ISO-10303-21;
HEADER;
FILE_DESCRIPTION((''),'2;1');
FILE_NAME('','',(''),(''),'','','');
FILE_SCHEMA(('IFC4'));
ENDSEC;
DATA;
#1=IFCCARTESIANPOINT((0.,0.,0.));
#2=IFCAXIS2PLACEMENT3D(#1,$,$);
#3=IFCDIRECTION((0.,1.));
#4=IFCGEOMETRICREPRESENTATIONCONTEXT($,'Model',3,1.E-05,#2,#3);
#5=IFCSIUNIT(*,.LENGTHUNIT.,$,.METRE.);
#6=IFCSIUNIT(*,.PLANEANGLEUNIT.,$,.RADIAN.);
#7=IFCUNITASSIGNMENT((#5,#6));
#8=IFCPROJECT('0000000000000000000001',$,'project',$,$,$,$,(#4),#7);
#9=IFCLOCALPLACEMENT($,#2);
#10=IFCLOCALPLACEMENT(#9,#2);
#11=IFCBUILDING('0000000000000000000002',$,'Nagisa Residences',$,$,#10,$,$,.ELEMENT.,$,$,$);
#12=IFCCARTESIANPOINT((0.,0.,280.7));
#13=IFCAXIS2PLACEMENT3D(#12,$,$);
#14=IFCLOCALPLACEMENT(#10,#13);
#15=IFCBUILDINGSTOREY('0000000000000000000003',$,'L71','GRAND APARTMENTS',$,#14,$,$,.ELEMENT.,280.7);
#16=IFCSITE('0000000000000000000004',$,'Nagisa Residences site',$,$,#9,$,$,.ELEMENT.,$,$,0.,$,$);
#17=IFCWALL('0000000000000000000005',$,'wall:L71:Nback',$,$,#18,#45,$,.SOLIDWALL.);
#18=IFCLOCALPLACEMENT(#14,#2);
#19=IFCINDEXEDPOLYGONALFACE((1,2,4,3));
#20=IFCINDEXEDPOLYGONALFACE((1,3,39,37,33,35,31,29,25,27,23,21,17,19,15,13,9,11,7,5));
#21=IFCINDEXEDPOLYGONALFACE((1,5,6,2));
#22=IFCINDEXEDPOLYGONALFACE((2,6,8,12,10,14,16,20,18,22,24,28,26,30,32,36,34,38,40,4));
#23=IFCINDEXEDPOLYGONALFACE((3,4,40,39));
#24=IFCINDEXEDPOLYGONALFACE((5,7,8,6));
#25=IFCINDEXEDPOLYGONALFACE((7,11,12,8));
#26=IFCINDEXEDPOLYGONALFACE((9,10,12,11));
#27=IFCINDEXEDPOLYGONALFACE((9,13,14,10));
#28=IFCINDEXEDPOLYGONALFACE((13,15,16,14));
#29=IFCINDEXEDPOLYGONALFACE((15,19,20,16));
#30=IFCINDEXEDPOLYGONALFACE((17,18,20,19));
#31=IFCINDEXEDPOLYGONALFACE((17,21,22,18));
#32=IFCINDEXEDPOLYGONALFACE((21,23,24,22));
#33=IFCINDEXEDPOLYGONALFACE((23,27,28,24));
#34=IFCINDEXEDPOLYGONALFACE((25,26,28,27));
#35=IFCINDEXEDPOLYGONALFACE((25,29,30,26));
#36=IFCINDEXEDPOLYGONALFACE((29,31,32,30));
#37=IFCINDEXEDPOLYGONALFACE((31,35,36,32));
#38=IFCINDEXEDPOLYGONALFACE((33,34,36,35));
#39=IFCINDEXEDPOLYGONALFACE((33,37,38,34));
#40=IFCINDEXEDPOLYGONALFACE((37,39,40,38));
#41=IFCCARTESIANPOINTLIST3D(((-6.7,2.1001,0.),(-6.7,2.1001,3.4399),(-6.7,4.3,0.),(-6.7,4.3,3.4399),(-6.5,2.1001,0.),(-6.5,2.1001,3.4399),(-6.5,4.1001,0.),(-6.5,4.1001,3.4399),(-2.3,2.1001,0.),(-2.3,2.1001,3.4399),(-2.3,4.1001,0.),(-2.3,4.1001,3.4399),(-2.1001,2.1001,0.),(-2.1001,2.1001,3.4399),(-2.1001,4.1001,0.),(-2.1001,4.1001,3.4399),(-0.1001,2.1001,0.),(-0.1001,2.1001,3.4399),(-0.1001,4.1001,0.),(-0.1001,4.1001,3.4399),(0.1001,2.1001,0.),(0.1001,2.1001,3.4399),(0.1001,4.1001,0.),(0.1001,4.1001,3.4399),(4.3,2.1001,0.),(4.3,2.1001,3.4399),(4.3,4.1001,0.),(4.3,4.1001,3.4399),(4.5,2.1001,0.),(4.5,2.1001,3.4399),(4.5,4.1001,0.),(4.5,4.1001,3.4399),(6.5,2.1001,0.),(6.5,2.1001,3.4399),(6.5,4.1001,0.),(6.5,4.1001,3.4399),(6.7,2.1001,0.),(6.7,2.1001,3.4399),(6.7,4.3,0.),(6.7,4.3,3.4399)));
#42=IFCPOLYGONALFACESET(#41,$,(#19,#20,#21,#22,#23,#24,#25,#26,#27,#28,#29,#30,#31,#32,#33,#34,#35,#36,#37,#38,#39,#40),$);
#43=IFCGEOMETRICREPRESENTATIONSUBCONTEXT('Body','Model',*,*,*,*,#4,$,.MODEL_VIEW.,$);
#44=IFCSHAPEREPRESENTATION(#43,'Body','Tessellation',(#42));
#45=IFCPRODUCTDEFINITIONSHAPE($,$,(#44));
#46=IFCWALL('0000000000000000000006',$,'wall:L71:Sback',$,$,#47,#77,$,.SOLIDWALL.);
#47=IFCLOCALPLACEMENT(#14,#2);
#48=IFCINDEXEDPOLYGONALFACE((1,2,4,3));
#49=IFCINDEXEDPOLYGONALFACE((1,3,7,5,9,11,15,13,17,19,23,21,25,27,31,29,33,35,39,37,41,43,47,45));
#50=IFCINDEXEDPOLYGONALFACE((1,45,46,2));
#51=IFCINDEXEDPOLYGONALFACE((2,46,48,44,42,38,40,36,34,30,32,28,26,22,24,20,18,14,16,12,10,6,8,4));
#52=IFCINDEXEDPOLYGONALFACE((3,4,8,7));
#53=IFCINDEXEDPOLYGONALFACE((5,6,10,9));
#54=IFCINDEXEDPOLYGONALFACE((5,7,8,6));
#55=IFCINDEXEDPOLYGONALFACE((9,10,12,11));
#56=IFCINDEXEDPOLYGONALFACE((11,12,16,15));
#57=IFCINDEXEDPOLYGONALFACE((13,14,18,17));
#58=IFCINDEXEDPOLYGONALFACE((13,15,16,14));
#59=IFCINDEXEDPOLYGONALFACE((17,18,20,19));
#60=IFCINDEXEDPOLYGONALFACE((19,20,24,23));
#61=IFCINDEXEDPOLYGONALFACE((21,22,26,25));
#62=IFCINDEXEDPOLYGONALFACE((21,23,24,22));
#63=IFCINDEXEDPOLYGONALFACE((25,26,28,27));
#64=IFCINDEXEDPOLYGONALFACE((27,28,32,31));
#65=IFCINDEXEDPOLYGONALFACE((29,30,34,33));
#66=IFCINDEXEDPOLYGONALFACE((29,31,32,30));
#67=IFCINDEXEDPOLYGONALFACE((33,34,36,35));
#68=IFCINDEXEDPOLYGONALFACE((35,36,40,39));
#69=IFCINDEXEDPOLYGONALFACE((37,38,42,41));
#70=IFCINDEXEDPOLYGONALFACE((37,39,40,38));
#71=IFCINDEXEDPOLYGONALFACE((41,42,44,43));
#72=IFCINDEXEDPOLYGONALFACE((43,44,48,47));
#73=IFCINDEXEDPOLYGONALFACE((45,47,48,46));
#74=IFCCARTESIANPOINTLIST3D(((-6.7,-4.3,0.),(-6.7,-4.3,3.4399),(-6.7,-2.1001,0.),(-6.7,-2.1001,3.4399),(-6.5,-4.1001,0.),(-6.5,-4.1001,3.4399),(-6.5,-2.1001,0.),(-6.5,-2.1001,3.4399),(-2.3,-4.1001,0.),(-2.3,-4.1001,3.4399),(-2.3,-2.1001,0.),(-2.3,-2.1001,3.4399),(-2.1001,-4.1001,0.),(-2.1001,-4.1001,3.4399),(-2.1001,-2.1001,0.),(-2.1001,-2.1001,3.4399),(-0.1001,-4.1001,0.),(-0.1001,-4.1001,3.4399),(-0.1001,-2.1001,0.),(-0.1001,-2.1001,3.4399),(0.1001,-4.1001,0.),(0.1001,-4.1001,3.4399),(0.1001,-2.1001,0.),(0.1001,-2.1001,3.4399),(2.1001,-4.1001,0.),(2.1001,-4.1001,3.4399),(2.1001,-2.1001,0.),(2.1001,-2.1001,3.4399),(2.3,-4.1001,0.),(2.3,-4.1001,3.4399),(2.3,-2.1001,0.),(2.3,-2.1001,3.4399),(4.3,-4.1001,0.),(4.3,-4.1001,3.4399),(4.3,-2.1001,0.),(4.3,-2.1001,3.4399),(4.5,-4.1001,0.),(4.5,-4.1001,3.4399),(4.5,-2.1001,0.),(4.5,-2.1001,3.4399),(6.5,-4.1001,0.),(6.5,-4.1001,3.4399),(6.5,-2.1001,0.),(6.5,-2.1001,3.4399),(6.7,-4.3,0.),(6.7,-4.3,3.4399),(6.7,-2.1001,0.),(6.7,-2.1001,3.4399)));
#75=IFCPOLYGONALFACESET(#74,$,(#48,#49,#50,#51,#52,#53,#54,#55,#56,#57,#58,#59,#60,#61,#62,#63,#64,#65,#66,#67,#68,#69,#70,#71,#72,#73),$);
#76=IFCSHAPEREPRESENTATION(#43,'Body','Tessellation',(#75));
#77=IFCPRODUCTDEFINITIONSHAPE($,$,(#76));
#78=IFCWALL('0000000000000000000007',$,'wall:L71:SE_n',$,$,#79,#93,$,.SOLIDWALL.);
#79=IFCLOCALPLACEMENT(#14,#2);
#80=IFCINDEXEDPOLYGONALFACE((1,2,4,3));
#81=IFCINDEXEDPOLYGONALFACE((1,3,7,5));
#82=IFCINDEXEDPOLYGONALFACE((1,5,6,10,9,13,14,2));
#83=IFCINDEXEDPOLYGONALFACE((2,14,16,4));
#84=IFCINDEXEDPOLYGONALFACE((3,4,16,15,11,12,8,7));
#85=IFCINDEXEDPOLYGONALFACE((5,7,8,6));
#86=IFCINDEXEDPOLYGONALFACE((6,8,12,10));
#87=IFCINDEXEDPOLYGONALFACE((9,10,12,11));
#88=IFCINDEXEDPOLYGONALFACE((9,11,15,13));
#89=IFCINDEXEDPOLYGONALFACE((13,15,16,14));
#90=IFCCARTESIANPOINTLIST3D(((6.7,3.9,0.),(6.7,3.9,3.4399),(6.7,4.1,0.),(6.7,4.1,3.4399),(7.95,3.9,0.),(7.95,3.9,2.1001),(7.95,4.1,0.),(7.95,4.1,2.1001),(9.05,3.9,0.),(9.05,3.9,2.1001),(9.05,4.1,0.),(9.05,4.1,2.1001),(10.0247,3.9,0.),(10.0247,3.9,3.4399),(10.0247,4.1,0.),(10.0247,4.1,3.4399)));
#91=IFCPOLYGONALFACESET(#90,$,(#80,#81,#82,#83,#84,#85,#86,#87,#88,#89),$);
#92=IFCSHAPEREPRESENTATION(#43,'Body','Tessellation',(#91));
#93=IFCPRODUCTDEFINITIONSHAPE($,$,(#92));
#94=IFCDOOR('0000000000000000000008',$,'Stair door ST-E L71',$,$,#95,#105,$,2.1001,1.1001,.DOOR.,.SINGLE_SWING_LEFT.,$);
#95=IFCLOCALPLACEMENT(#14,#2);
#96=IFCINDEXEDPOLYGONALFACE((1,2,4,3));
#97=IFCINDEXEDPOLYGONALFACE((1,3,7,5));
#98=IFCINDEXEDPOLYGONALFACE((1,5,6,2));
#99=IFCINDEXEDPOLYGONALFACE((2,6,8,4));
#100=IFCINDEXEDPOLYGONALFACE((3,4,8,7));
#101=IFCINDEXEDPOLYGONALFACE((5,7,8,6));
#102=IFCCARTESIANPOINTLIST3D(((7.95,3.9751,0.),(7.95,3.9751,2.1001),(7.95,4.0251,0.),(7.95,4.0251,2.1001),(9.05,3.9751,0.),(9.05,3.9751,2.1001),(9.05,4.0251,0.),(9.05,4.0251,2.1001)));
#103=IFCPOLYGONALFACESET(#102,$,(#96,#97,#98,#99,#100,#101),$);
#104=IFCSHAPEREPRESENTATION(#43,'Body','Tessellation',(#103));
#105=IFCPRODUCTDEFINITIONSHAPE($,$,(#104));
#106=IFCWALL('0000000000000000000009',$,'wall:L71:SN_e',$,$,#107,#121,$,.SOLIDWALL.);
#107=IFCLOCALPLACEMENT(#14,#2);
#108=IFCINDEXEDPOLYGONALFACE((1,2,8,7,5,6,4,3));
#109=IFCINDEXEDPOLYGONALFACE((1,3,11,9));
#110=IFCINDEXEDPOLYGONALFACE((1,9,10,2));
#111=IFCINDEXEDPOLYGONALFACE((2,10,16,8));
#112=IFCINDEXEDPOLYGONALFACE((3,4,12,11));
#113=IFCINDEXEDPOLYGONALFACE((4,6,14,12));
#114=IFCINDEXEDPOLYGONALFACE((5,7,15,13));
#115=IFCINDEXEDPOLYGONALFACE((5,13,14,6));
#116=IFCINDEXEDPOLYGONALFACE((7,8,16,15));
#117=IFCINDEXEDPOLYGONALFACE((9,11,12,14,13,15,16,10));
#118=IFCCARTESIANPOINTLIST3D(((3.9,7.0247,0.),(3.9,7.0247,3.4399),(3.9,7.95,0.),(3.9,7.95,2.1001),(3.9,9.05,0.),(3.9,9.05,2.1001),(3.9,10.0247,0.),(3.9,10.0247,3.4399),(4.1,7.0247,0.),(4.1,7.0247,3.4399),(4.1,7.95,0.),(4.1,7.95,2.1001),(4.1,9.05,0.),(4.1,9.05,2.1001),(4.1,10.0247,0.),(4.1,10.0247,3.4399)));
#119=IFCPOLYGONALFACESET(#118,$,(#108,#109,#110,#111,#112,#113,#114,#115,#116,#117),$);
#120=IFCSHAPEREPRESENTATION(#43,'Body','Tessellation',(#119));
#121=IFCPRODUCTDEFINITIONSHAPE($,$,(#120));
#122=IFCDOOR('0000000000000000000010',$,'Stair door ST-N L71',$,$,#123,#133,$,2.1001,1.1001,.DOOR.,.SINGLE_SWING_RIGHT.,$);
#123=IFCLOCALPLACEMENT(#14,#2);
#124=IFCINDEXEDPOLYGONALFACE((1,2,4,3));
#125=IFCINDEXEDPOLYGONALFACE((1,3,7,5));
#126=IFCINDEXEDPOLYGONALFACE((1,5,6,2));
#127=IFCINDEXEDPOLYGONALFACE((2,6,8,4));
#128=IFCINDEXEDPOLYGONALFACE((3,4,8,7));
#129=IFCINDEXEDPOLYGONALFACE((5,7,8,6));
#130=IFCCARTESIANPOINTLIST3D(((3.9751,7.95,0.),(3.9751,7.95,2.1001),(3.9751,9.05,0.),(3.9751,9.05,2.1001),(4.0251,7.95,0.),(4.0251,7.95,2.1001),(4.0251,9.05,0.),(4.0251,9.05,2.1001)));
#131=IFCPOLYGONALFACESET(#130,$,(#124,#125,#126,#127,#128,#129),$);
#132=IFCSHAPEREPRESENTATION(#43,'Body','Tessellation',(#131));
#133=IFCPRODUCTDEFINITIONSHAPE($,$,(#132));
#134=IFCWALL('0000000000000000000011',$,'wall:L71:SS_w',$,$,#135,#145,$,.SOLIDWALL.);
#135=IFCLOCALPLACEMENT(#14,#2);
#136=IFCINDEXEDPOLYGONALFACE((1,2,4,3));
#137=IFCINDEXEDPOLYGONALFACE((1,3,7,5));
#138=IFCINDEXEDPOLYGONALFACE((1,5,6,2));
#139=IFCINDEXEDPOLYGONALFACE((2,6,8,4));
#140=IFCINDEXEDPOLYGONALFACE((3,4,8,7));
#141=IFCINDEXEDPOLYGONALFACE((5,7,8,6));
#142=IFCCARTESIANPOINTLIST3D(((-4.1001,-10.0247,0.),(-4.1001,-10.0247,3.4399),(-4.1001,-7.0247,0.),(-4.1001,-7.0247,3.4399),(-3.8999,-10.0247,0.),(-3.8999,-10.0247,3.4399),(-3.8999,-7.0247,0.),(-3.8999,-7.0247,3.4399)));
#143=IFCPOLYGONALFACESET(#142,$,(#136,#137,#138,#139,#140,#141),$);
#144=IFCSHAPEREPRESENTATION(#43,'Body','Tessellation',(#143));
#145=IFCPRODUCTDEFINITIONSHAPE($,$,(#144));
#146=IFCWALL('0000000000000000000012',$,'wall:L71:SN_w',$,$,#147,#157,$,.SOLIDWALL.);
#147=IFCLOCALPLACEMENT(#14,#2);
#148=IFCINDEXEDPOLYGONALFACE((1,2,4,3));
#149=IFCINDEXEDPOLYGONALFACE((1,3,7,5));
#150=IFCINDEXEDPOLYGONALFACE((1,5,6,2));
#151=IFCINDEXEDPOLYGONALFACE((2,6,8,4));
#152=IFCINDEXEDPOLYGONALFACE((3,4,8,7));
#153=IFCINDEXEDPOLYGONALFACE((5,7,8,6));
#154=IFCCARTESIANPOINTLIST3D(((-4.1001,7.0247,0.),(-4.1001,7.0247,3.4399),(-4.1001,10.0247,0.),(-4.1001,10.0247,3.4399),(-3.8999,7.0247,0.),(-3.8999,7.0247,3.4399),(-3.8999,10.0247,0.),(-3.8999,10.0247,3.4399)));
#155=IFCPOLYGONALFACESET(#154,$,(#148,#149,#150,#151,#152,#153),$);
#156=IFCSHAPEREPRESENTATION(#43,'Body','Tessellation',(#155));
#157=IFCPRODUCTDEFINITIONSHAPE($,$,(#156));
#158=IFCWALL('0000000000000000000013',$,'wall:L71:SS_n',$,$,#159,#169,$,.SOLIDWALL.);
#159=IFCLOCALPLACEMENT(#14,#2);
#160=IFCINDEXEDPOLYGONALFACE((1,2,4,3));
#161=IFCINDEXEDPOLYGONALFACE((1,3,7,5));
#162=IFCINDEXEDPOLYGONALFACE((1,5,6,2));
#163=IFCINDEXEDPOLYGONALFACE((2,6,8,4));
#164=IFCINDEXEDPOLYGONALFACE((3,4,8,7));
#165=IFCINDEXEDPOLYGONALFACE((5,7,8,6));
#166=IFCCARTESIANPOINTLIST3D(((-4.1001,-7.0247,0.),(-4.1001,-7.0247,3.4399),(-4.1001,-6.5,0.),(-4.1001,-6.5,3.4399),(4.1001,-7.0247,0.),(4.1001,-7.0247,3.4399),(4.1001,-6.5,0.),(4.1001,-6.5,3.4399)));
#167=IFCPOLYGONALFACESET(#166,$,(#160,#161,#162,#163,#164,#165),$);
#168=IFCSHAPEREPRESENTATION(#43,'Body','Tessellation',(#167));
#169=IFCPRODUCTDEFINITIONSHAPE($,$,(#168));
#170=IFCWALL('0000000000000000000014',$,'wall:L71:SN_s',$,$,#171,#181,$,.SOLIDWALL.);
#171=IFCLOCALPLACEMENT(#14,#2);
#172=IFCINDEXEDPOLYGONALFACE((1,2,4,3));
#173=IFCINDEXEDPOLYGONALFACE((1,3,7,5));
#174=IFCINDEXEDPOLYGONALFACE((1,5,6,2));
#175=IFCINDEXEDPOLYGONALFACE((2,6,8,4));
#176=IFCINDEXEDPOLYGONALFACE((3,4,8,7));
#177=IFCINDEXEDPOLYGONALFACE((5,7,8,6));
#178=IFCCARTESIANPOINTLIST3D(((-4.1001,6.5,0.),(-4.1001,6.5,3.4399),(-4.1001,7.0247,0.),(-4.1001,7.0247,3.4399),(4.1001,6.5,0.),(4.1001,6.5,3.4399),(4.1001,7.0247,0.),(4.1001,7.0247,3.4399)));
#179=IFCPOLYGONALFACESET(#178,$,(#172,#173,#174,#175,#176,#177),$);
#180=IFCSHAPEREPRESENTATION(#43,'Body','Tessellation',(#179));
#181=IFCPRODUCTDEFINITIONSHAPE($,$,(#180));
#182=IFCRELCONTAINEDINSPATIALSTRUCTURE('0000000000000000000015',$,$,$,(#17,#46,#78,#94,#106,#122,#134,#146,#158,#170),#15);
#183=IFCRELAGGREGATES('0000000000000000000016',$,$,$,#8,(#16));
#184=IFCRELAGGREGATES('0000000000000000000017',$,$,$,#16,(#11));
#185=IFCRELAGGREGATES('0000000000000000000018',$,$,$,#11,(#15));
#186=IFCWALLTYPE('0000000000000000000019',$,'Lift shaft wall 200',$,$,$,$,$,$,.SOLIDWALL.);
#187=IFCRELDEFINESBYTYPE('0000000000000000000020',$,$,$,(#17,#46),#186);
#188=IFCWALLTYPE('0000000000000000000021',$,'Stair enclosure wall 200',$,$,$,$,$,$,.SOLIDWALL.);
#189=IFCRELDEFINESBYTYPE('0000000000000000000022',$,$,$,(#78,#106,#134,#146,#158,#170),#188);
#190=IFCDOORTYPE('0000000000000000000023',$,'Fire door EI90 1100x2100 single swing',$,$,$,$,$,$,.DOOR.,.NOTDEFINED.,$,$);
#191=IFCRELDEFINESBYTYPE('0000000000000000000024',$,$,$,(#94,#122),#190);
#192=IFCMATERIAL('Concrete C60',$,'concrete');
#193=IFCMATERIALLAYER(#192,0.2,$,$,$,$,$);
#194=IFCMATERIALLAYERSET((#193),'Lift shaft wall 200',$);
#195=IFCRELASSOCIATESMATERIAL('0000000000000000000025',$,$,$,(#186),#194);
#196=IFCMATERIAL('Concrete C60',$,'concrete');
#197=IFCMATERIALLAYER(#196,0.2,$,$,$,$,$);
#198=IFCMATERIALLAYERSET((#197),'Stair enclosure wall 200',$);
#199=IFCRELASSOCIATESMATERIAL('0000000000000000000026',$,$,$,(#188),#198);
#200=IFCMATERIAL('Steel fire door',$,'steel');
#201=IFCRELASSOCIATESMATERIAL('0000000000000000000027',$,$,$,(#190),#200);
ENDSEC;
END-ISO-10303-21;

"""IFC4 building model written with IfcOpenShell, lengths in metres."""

from ifc_helpers import new_model, si_unit, direction, frame, frame_2d, origin, place, context, subcontext, project, spatial, polyline, rectangle, outline, extrude, material, layer, layer_set, type_object, element, fill, save


model = new_model("IFC4")

# Units and contexts
model_context = context("Model", 3, precision=1e-05, world=origin(), true_north=direction((0.0, 1.0)))
body_context = subcontext(model_context, "Body", "Model", "MODEL_VIEW")
ifc_project = project(units=[si_unit("LENGTHUNIT", "METRE"), si_unit("PLANEANGLEUNIT", "RADIAN")], contexts=[model_context])

# Site, building, storey
site_placement = place(None, origin())
site = spatial("IfcSite", under=ifc_project, at=site_placement, Name="Nagisa Residences site", CompositionType="ELEMENT", RefElevation=0.0)
building_placement = place(site_placement, origin())
building = spatial("IfcBuilding", under=site, at=building_placement, Name="Nagisa Residences", CompositionType="ELEMENT")
storey_placement = place(building_placement, frame((0.0, 0.0, 280.7)))
storey = spatial("IfcBuildingStorey", under=building, at=storey_placement, Name="L71", Description="GRAND APARTMENTS", CompositionType="ELEMENT", Elevation=280.7)

# Shared definitions
ifc_material_1 = material(Name="Concrete C60", Category="concrete")
ifc_layer_1 = layer(ifc_material_1, 0.2)
ifc_layer_set_1 = layer_set([ifc_layer_1], Name="Lift shaft wall 200")
wall_type_1 = type_object("IfcWallType", Name="Lift shaft wall 200", PredefinedType="SOLIDWALL", material=ifc_layer_set_1)

# Walls
wall_1_placement = place(storey_placement, origin())
element("IfcWall", 1, at=wall_1_placement, inside=storey, type_object=wall_type_1, Name="wall:L71:Nback", PredefinedType="SOLIDWALL", context=body_context, shape_type="SweptSolid", body=[
    extrude(outline(polyline([(-6.7, 4.3), (6.7, 4.3), (6.7, 2.1001), (6.5, 2.1001), (6.5, 4.1001), (4.5, 4.1001), (4.5, 2.1001), (4.3, 2.1001), (4.3, 4.1001), (0.1001, 4.1001), (0.1001, 2.1001), (-0.1001, 2.1001), (-0.1001, 4.1001), (-2.1001, 4.1001), (-2.1001, 2.1001), (-2.3, 2.1001), (-2.3, 4.1001), (-6.5, 4.1001), (-6.5, 2.1001), (-6.7, 2.1001), (-6.7, 4.3)])), origin(), (0.0, 0.0, 1.0), 3.4399),
])
wall_2_placement = place(storey_placement, origin())
element("IfcWall", 2, at=wall_2_placement, inside=storey, type_object=wall_type_1, Name="wall:L71:Sback", PredefinedType="SOLIDWALL", context=body_context, shape_type="SweptSolid", body=[
    extrude(outline(polyline([(-6.7, -2.1001), (-6.5, -2.1001), (-6.5, -4.1001), (-2.3, -4.1001), (-2.3, -2.1001), (-2.1001, -2.1001), (-2.1001, -4.1001), (-0.1001, -4.1001), (-0.1001, -2.1001), (0.1001, -2.1001), (0.1001, -4.1001), (2.1001, -4.1001), (2.1001, -2.1001), (2.3, -2.1001), (2.3, -4.1001), (4.3, -4.1001), (4.3, -2.1001), (4.5, -2.1001), (4.5, -4.1001), (6.5, -4.1001), (6.5, -2.1001), (6.7, -2.1001), (6.7, -4.3), (-6.7, -4.3), (-6.7, -2.1001)])), origin(), (0.0, 0.0, 1.0), 3.4399),
])

# Walls, openings, doors
ifc_material_2 = material(Name="Concrete C60", Category="concrete")
ifc_layer_2 = layer(ifc_material_2, 0.2)
ifc_layer_set_2 = layer_set([ifc_layer_2], Name="Stair enclosure wall 200")
wall_type_2 = type_object("IfcWallType", Name="Stair enclosure wall 200", PredefinedType="SOLIDWALL", material=ifc_layer_set_2)
wall_3_placement = place(storey_placement, frame((6.7, 4.0, 0.0), z_axis=(0.0, 0.0, 1.0), x_axis=(1.0, 0.0, 0.0)))
wall_3 = element("IfcWall", 3, at=wall_3_placement, inside=storey, type_object=wall_type_2, Name="wall:L71:SE_n", PredefinedType="SOLIDWALL", context=body_context, shape_type="SweptSolid", body=[
    extrude(rectangle(XDim=3.3247, YDim=0.2, at=frame_2d((1.6624, 0.0))), origin(), (0.0, 0.0, 1.0), 3.4399),
])
opening_1_placement = place(wall_3_placement, frame((1.25, 0.0, 0.0)))
opening_1 = element("IfcOpeningElement", 4, at=opening_1_placement, cuts=wall_3, PredefinedType="OPENING", context=body_context, shape_type="SweptSolid", body=[
    extrude(rectangle(XDim=1.1001, YDim=2.1001, at=frame_2d((0.55, 1.05))), frame((0.0, 0.1099, 0.0), z_axis=(0.0, -1.0, 0.0), x_axis=(1.0, 0.0, 0.0)), (0.0, 0.0, 1.0), 0.22),
])
ifc_material_3 = material(Name="Steel fire door", Category="steel")
door_type_1 = type_object("IfcDoorType", Name="Fire door EI90 1100x2100 single swing", OperationType="NOTDEFINED", PredefinedType="DOOR", material=ifc_material_3)
door_1_placement = place(opening_1_placement, frame((1.1001, 0.0, 0.0), x_axis=(-1.0, 0.0, 0.0)))
door_1 = element("IfcDoor", 5, at=door_1_placement, inside=storey, type_object=door_type_1, Name="Stair door ST-E L71", OperationType="SINGLE_SWING_LEFT", OverallHeight=2.1001, OverallWidth=1.1001, PredefinedType="DOOR", context=body_context, shape_type="SweptSolid", body=[
    extrude(rectangle(XDim=1.1001, YDim=2.1001, at=frame_2d((0.55, 1.05))), frame((0.0, 0.0249, 0.0), z_axis=(0.0, -1.0, 0.0), x_axis=(1.0, 0.0, 0.0)), (0.0, 0.0, 1.0), 0.05),
])
fill(opening_1, door_1)
wall_4_placement = place(storey_placement, frame((4.0, 7.0247, 0.0), z_axis=(0.0, 0.0, 1.0), x_axis=(0.0, 1.0, 0.0)))
wall_4 = element("IfcWall", 6, at=wall_4_placement, inside=storey, type_object=wall_type_2, Name="wall:L71:SN_e", PredefinedType="SOLIDWALL", context=body_context, shape_type="SweptSolid", body=[
    extrude(rectangle(XDim=3.0, YDim=0.2, at=frame_2d((1.5, 0.0))), origin(), (0.0, 0.0, 1.0), 3.4399),
])
opening_2_placement = place(wall_4_placement, frame((0.9253, 0.0, 0.0)))
opening_2 = element("IfcOpeningElement", 7, at=opening_2_placement, cuts=wall_4, PredefinedType="OPENING", context=body_context, shape_type="SweptSolid", body=[
    extrude(rectangle(XDim=1.1001, YDim=2.1001, at=frame_2d((0.55, 1.05))), frame((0.0, 0.1099, 0.0), z_axis=(0.0, -1.0, 0.0), x_axis=(1.0, 0.0, 0.0)), (0.0, 0.0, 1.0), 0.22),
])
door_2_placement = place(opening_2_placement, origin())
door_2 = element("IfcDoor", 8, at=door_2_placement, inside=storey, type_object=door_type_1, Name="Stair door ST-N L71", OperationType="SINGLE_SWING_RIGHT", OverallHeight=2.1001, OverallWidth=1.1001, PredefinedType="DOOR", context=body_context, shape_type="SweptSolid", body=[
    extrude(rectangle(XDim=1.1001, YDim=2.1001, at=frame_2d((0.55, 1.05))), frame((0.0, 0.0249, 0.0), z_axis=(0.0, -1.0, 0.0), x_axis=(1.0, 0.0, 0.0)), (0.0, 0.0, 1.0), 0.05),
])
fill(opening_2, door_2)

# Walls
wall_5_placement = place(storey_placement, origin())
element("IfcWall", 9, at=wall_5_placement, inside=storey, type_object=wall_type_2, Name="wall:L71:SS_w", PredefinedType="SOLIDWALL", context=body_context, shape_type="SweptSolid", body=[
    extrude(outline(polyline([(-3.8999, -10.0247), (-4.1001, -10.0247), (-4.1001, -7.0247), (-3.8999, -7.0247), (-3.8999, -10.0247)])), origin(), (0.0, 0.0, 1.0), 3.4399),
])
wall_6_placement = place(storey_placement, origin())
element("IfcWall", 10, at=wall_6_placement, inside=storey, type_object=wall_type_2, Name="wall:L71:SN_w", PredefinedType="SOLIDWALL", context=body_context, shape_type="SweptSolid", body=[
    extrude(outline(polyline([(-3.8999, 7.0247), (-4.1001, 7.0247), (-4.1001, 10.0247), (-3.8999, 10.0247), (-3.8999, 7.0247)])), origin(), (0.0, 0.0, 1.0), 3.4399),
])
wall_7_placement = place(storey_placement, origin())
element("IfcWall", 11, at=wall_7_placement, inside=storey, type_object=wall_type_2, Name="wall:L71:SS_n", PredefinedType="SOLIDWALL", context=body_context, shape_type="SweptSolid", body=[
    extrude(outline(polyline([(4.1001, -7.0247), (-4.1001, -7.0247), (-4.1001, -6.5), (4.1001, -6.5), (4.1001, -7.0247)])), origin(), (0.0, 0.0, 1.0), 3.4399),
])
wall_8_placement = place(storey_placement, origin())
element("IfcWall", 12, at=wall_8_placement, inside=storey, type_object=wall_type_2, Name="wall:L71:SN_s", PredefinedType="SOLIDWALL", context=body_context, shape_type="SweptSolid", body=[
    extrude(outline(polyline([(4.1001, 6.5), (-4.1001, 6.5), (-4.1001, 7.0247), (4.1001, 7.0247), (4.1001, 6.5)])), origin(), (0.0, 0.0, 1.0), 3.4399),
])

save(model, "model.ifc")
